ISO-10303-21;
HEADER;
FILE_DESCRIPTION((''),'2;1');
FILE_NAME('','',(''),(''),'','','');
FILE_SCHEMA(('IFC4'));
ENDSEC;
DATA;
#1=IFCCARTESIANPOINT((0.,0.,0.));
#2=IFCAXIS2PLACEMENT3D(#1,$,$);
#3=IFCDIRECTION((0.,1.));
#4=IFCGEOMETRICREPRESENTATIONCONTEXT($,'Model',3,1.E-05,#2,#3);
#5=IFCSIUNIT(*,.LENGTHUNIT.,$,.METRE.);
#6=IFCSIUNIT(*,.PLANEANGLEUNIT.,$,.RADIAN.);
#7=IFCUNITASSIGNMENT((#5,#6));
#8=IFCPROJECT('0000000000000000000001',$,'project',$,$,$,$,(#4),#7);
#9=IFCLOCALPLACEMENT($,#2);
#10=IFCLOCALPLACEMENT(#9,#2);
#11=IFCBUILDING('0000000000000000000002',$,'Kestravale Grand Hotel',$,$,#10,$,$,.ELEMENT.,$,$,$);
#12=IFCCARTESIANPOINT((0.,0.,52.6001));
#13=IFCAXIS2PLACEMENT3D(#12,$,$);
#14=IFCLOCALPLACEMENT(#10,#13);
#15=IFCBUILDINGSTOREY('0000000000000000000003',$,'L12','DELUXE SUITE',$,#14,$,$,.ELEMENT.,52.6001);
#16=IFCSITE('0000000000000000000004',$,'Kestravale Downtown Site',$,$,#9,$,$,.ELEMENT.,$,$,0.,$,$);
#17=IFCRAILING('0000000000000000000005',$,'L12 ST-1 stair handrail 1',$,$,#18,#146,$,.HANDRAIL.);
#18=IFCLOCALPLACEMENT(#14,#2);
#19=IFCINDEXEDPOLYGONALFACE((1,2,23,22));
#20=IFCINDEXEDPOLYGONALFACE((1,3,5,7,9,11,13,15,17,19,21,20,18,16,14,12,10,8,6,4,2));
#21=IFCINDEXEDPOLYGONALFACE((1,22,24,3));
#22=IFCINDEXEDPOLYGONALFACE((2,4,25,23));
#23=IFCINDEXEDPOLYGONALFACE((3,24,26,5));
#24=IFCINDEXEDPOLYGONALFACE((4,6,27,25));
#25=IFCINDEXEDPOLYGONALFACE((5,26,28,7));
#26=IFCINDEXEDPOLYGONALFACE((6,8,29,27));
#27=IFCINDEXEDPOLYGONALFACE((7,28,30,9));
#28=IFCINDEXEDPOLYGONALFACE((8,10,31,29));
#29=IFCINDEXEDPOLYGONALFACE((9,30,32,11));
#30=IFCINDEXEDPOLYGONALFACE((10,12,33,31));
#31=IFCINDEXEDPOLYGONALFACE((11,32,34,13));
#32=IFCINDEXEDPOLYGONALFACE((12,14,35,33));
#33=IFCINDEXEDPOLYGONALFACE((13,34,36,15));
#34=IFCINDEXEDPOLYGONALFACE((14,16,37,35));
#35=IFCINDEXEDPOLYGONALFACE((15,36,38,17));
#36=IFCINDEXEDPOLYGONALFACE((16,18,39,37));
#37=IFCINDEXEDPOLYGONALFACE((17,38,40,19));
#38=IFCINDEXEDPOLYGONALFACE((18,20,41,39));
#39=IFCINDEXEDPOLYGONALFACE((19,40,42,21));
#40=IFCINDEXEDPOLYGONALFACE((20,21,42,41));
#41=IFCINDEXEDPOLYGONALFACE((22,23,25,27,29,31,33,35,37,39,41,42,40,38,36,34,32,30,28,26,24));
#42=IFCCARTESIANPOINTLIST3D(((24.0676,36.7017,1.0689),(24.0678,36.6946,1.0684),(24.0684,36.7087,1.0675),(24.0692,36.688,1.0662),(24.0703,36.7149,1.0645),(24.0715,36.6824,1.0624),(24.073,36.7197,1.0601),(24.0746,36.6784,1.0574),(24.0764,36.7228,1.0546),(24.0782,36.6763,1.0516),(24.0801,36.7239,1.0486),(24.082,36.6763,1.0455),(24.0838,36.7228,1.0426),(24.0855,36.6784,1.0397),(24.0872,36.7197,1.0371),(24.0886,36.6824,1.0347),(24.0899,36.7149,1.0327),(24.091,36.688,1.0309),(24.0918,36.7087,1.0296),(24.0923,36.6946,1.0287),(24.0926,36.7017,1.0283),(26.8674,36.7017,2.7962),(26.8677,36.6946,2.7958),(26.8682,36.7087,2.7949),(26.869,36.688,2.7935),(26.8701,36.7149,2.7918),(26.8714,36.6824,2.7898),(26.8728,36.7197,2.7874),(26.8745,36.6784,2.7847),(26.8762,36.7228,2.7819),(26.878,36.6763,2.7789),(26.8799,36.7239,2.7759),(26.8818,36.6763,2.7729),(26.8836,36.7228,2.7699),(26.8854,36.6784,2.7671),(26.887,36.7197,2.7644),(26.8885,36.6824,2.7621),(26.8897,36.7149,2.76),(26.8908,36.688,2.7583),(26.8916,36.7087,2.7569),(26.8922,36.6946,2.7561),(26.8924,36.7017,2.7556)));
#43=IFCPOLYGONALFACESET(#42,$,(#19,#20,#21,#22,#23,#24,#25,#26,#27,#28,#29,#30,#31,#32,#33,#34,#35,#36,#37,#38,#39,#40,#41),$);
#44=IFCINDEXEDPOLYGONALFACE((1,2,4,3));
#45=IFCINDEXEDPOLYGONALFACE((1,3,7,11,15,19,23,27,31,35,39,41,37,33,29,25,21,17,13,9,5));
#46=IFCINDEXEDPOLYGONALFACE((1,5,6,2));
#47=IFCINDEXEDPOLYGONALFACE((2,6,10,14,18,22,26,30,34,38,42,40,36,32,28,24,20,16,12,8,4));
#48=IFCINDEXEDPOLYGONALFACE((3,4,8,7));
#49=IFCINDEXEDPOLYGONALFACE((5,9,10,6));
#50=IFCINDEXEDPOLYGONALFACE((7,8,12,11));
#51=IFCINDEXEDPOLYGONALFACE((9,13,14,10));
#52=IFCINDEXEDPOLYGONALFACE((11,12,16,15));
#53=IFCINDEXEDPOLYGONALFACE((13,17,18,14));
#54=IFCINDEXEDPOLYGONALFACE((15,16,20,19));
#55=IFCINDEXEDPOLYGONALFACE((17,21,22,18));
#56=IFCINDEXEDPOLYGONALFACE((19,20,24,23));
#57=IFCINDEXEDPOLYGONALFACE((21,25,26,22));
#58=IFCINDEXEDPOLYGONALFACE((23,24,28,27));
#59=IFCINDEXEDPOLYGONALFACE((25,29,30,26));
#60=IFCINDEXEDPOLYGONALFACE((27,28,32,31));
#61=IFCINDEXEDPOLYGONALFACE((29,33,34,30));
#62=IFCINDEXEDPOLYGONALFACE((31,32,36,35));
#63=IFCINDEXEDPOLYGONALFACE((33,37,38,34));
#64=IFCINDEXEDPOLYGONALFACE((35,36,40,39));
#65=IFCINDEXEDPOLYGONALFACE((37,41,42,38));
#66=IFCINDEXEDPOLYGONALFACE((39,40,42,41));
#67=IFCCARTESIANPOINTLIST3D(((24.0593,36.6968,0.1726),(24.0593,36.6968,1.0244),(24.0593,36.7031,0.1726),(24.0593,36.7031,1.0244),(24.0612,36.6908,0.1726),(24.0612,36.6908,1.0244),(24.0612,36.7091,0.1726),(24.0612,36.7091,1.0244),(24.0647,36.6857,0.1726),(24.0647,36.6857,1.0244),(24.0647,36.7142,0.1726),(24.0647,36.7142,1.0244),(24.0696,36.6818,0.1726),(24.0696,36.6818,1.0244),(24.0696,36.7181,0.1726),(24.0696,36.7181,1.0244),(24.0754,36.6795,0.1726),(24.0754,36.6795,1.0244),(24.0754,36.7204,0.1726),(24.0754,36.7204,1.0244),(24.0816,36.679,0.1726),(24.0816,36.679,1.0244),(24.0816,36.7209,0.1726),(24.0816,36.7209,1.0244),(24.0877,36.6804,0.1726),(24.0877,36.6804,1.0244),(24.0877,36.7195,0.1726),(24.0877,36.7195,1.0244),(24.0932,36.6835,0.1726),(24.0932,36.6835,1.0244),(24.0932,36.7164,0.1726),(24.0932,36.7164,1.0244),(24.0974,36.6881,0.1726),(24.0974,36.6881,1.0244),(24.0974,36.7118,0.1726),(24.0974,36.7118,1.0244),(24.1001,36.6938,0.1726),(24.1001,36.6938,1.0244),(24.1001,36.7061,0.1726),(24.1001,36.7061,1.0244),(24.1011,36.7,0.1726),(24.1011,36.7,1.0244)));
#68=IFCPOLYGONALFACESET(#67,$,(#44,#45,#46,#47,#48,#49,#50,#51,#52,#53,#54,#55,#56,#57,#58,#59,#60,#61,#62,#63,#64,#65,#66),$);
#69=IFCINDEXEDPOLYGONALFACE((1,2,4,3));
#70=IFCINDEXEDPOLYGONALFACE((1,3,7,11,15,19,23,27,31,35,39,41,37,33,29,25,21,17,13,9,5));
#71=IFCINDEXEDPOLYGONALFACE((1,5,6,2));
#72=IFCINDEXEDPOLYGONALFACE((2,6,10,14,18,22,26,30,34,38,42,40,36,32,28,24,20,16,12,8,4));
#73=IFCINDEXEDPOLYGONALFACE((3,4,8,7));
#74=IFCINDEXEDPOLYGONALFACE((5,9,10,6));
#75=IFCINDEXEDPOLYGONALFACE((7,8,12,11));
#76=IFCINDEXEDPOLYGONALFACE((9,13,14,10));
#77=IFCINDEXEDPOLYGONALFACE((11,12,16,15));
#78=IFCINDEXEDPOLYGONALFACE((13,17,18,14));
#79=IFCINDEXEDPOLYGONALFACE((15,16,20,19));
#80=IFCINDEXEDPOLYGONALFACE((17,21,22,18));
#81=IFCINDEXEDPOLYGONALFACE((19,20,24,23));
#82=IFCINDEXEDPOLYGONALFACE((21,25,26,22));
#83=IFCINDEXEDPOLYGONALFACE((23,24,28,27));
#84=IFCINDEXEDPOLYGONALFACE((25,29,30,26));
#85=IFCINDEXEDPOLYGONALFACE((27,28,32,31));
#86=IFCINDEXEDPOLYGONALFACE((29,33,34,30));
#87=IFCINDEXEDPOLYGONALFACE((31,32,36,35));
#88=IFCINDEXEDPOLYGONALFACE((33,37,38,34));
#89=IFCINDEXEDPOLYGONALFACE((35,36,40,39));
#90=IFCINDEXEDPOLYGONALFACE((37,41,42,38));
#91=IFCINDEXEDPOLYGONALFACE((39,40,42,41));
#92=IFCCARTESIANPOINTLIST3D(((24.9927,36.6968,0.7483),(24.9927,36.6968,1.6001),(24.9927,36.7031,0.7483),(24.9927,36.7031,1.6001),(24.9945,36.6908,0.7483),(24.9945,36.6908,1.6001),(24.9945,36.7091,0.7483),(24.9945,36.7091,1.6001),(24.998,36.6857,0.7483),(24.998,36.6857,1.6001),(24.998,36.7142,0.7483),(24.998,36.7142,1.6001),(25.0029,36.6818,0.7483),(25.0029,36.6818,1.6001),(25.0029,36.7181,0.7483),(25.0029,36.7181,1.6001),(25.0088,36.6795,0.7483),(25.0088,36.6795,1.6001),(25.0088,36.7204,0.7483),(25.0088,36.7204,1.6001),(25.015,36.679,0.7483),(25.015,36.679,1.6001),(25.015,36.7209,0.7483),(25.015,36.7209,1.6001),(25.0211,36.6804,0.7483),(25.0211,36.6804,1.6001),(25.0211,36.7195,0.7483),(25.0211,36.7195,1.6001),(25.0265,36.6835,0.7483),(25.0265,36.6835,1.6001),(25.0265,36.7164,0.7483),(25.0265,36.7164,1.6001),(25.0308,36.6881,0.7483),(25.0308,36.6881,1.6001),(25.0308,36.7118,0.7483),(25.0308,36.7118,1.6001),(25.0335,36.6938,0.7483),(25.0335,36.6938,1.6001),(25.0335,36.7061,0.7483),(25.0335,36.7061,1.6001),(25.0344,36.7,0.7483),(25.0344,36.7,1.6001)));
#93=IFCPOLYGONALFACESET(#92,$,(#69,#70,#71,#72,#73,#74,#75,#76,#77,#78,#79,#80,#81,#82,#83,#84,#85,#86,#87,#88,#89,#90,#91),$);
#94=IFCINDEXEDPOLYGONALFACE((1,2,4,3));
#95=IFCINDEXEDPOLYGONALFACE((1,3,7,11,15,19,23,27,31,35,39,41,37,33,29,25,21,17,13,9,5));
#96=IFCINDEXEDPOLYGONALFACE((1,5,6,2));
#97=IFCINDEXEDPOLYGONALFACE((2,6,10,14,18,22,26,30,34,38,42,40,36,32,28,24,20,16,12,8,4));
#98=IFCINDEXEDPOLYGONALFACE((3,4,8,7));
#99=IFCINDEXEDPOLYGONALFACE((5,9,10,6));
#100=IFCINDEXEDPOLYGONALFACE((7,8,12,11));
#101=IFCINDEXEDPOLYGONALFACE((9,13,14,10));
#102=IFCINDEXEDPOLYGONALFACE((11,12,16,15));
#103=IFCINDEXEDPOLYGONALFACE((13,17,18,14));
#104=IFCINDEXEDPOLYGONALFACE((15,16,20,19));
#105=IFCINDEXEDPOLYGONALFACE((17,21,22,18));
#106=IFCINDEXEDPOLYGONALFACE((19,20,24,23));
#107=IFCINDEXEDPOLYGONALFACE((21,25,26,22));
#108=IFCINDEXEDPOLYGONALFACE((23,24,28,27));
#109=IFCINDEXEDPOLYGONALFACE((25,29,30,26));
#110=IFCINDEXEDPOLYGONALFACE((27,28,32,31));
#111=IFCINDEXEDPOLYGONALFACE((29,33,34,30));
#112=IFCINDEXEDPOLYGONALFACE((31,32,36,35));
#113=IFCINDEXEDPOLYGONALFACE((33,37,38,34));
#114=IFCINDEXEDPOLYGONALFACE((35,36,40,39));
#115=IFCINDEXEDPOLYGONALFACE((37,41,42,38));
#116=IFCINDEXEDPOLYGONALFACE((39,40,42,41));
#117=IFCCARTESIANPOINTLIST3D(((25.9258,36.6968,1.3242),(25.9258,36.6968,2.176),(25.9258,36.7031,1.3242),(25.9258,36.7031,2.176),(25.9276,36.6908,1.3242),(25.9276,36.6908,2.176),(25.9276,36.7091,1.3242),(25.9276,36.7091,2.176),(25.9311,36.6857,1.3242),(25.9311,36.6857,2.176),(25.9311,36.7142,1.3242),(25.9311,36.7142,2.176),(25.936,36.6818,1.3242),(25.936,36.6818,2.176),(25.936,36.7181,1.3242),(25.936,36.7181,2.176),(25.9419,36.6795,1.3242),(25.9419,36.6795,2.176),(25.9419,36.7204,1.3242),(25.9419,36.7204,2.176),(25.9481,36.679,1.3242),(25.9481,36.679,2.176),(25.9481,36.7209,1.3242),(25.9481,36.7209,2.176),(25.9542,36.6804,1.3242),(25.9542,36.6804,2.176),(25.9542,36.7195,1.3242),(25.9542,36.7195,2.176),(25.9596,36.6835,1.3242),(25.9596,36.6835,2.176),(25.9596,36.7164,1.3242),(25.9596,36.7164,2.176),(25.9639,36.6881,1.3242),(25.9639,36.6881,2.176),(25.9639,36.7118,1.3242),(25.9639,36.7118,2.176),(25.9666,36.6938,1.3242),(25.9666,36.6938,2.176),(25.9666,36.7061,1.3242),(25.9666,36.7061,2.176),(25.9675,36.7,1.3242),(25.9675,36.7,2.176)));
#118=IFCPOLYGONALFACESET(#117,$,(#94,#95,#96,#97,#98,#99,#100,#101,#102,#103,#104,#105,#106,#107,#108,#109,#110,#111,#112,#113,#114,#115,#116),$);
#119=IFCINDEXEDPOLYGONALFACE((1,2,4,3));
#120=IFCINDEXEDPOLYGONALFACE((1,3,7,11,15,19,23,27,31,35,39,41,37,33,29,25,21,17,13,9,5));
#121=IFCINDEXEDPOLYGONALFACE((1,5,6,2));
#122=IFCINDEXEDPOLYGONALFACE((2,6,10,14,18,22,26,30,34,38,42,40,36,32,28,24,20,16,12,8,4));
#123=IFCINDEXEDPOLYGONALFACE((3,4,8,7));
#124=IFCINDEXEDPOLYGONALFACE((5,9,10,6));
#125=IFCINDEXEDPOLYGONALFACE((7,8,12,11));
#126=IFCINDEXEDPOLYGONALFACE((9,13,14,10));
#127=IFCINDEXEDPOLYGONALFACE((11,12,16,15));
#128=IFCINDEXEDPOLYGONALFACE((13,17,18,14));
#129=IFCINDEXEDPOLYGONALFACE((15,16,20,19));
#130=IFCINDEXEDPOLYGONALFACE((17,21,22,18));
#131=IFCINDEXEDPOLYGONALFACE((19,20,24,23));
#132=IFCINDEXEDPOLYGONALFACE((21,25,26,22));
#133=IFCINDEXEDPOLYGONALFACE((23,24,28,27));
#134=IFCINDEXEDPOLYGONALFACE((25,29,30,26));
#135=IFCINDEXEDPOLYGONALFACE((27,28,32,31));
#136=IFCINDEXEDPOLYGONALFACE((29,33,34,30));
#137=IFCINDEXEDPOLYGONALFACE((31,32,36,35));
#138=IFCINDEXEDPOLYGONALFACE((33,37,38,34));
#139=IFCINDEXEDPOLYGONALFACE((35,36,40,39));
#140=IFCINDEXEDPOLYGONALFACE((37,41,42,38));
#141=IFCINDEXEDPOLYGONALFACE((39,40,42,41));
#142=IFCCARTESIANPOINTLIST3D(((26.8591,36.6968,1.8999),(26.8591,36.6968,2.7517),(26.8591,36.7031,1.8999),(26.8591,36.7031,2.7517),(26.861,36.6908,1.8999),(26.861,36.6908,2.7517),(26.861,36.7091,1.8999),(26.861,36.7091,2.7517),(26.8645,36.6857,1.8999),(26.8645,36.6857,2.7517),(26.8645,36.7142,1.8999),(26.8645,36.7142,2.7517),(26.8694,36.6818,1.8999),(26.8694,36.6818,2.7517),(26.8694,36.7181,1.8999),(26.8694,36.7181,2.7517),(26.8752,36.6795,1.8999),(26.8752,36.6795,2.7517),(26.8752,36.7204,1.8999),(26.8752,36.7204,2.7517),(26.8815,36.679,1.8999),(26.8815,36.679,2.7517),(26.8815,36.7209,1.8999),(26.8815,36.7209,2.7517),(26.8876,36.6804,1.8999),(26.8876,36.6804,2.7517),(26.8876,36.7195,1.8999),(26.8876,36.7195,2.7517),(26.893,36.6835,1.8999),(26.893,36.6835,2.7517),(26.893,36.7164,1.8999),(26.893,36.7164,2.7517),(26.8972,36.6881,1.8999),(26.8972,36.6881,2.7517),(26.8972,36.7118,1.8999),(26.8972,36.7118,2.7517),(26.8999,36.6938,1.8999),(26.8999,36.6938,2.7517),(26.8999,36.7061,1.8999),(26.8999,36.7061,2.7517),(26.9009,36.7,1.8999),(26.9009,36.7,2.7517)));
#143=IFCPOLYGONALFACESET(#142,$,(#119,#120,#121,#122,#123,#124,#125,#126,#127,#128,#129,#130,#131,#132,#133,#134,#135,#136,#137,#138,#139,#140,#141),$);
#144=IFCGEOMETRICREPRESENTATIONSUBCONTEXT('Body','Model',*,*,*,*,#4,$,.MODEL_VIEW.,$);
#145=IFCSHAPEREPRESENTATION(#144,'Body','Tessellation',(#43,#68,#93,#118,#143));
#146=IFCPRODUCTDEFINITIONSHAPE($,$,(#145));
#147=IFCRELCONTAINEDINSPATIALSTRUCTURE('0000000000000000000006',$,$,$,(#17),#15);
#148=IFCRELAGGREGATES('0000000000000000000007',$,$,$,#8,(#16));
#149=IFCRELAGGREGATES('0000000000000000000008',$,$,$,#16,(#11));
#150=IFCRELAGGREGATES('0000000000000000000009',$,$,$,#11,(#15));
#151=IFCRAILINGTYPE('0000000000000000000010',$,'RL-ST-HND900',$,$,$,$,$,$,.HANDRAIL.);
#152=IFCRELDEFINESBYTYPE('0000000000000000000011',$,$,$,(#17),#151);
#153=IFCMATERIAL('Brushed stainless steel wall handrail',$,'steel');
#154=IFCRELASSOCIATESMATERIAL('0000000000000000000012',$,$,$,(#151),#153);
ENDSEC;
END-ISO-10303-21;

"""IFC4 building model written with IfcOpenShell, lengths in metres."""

from ifc_helpers import new_model, si_unit, direction, frame, origin, origin_2d, place, context, subcontext, project, spatial, circle, extrude, material, type_object, element, save


model = new_model("IFC4")

# Units and contexts
model_context = context("Model", 3, precision=1e-05, world=origin(), true_north=direction((0.0, 1.0)))
body_context = subcontext(model_context, "Body", "Model", "MODEL_VIEW")
ifc_project = project(units=[si_unit("LENGTHUNIT", "METRE"), si_unit("PLANEANGLEUNIT", "RADIAN")], contexts=[model_context])

# Site, building, storey
site_placement = place(None, origin())
site = spatial("IfcSite", under=ifc_project, at=site_placement, Name="Kestravale Downtown Site", CompositionType="ELEMENT", RefElevation=0.0)
building_placement = place(site_placement, origin())
building = spatial("IfcBuilding", under=site, at=building_placement, Name="Kestravale Grand Hotel", CompositionType="ELEMENT")
storey_placement = place(building_placement, frame((0.0, 0.0, 52.6001)))
storey = spatial("IfcBuildingStorey", under=building, at=storey_placement, Name="L12", Description="DELUXE SUITE", CompositionType="ELEMENT", Elevation=52.6001)

# Railing
ifc_material_1 = material(Name="Brushed stainless steel wall handrail", Category="steel")
railing_type_1 = type_object("IfcRailingType", Name="RL-ST-HND900", PredefinedType="HANDRAIL", material=ifc_material_1)
railing_1_placement = place(storey_placement, frame((24.0801, 36.7, 0.1726)))
element("IfcRailing", 1, at=railing_1_placement, inside=storey, type_object=railing_type_1, Name="L12 ST-1 stair handrail 1", PredefinedType="HANDRAIL", context=body_context, shape_type="SweptSolid", body=[
    extrude(circle(Radius=0.0239, at=origin_2d()), frame((0.0, 0.0, 0.876), z_axis=(0.851069, 0.0, 0.525054), x_axis=(0.0, 1.0, 0.0)), (0.0, 0.0, 1.0), 3.2898),
    extrude(circle(Radius=0.021, at=origin_2d()), origin(), (0.0, 0.0, 1.0), 0.8518),
    extrude(circle(Radius=0.021, at=origin_2d()), frame((0.9333, 0.0, 0.5757)), (0.0, 0.0, 1.0), 0.8518),
    extrude(circle(Radius=0.021, at=origin_2d()), frame((1.8665, 0.0, 1.1516)), (0.0, 0.0, 1.0), 0.8518),
    extrude(circle(Radius=0.021, at=origin_2d()), frame((2.7998, 0.0, 1.7273)), (0.0, 0.0, 1.0), 0.8518),
])

save(model, "model.ifc")
